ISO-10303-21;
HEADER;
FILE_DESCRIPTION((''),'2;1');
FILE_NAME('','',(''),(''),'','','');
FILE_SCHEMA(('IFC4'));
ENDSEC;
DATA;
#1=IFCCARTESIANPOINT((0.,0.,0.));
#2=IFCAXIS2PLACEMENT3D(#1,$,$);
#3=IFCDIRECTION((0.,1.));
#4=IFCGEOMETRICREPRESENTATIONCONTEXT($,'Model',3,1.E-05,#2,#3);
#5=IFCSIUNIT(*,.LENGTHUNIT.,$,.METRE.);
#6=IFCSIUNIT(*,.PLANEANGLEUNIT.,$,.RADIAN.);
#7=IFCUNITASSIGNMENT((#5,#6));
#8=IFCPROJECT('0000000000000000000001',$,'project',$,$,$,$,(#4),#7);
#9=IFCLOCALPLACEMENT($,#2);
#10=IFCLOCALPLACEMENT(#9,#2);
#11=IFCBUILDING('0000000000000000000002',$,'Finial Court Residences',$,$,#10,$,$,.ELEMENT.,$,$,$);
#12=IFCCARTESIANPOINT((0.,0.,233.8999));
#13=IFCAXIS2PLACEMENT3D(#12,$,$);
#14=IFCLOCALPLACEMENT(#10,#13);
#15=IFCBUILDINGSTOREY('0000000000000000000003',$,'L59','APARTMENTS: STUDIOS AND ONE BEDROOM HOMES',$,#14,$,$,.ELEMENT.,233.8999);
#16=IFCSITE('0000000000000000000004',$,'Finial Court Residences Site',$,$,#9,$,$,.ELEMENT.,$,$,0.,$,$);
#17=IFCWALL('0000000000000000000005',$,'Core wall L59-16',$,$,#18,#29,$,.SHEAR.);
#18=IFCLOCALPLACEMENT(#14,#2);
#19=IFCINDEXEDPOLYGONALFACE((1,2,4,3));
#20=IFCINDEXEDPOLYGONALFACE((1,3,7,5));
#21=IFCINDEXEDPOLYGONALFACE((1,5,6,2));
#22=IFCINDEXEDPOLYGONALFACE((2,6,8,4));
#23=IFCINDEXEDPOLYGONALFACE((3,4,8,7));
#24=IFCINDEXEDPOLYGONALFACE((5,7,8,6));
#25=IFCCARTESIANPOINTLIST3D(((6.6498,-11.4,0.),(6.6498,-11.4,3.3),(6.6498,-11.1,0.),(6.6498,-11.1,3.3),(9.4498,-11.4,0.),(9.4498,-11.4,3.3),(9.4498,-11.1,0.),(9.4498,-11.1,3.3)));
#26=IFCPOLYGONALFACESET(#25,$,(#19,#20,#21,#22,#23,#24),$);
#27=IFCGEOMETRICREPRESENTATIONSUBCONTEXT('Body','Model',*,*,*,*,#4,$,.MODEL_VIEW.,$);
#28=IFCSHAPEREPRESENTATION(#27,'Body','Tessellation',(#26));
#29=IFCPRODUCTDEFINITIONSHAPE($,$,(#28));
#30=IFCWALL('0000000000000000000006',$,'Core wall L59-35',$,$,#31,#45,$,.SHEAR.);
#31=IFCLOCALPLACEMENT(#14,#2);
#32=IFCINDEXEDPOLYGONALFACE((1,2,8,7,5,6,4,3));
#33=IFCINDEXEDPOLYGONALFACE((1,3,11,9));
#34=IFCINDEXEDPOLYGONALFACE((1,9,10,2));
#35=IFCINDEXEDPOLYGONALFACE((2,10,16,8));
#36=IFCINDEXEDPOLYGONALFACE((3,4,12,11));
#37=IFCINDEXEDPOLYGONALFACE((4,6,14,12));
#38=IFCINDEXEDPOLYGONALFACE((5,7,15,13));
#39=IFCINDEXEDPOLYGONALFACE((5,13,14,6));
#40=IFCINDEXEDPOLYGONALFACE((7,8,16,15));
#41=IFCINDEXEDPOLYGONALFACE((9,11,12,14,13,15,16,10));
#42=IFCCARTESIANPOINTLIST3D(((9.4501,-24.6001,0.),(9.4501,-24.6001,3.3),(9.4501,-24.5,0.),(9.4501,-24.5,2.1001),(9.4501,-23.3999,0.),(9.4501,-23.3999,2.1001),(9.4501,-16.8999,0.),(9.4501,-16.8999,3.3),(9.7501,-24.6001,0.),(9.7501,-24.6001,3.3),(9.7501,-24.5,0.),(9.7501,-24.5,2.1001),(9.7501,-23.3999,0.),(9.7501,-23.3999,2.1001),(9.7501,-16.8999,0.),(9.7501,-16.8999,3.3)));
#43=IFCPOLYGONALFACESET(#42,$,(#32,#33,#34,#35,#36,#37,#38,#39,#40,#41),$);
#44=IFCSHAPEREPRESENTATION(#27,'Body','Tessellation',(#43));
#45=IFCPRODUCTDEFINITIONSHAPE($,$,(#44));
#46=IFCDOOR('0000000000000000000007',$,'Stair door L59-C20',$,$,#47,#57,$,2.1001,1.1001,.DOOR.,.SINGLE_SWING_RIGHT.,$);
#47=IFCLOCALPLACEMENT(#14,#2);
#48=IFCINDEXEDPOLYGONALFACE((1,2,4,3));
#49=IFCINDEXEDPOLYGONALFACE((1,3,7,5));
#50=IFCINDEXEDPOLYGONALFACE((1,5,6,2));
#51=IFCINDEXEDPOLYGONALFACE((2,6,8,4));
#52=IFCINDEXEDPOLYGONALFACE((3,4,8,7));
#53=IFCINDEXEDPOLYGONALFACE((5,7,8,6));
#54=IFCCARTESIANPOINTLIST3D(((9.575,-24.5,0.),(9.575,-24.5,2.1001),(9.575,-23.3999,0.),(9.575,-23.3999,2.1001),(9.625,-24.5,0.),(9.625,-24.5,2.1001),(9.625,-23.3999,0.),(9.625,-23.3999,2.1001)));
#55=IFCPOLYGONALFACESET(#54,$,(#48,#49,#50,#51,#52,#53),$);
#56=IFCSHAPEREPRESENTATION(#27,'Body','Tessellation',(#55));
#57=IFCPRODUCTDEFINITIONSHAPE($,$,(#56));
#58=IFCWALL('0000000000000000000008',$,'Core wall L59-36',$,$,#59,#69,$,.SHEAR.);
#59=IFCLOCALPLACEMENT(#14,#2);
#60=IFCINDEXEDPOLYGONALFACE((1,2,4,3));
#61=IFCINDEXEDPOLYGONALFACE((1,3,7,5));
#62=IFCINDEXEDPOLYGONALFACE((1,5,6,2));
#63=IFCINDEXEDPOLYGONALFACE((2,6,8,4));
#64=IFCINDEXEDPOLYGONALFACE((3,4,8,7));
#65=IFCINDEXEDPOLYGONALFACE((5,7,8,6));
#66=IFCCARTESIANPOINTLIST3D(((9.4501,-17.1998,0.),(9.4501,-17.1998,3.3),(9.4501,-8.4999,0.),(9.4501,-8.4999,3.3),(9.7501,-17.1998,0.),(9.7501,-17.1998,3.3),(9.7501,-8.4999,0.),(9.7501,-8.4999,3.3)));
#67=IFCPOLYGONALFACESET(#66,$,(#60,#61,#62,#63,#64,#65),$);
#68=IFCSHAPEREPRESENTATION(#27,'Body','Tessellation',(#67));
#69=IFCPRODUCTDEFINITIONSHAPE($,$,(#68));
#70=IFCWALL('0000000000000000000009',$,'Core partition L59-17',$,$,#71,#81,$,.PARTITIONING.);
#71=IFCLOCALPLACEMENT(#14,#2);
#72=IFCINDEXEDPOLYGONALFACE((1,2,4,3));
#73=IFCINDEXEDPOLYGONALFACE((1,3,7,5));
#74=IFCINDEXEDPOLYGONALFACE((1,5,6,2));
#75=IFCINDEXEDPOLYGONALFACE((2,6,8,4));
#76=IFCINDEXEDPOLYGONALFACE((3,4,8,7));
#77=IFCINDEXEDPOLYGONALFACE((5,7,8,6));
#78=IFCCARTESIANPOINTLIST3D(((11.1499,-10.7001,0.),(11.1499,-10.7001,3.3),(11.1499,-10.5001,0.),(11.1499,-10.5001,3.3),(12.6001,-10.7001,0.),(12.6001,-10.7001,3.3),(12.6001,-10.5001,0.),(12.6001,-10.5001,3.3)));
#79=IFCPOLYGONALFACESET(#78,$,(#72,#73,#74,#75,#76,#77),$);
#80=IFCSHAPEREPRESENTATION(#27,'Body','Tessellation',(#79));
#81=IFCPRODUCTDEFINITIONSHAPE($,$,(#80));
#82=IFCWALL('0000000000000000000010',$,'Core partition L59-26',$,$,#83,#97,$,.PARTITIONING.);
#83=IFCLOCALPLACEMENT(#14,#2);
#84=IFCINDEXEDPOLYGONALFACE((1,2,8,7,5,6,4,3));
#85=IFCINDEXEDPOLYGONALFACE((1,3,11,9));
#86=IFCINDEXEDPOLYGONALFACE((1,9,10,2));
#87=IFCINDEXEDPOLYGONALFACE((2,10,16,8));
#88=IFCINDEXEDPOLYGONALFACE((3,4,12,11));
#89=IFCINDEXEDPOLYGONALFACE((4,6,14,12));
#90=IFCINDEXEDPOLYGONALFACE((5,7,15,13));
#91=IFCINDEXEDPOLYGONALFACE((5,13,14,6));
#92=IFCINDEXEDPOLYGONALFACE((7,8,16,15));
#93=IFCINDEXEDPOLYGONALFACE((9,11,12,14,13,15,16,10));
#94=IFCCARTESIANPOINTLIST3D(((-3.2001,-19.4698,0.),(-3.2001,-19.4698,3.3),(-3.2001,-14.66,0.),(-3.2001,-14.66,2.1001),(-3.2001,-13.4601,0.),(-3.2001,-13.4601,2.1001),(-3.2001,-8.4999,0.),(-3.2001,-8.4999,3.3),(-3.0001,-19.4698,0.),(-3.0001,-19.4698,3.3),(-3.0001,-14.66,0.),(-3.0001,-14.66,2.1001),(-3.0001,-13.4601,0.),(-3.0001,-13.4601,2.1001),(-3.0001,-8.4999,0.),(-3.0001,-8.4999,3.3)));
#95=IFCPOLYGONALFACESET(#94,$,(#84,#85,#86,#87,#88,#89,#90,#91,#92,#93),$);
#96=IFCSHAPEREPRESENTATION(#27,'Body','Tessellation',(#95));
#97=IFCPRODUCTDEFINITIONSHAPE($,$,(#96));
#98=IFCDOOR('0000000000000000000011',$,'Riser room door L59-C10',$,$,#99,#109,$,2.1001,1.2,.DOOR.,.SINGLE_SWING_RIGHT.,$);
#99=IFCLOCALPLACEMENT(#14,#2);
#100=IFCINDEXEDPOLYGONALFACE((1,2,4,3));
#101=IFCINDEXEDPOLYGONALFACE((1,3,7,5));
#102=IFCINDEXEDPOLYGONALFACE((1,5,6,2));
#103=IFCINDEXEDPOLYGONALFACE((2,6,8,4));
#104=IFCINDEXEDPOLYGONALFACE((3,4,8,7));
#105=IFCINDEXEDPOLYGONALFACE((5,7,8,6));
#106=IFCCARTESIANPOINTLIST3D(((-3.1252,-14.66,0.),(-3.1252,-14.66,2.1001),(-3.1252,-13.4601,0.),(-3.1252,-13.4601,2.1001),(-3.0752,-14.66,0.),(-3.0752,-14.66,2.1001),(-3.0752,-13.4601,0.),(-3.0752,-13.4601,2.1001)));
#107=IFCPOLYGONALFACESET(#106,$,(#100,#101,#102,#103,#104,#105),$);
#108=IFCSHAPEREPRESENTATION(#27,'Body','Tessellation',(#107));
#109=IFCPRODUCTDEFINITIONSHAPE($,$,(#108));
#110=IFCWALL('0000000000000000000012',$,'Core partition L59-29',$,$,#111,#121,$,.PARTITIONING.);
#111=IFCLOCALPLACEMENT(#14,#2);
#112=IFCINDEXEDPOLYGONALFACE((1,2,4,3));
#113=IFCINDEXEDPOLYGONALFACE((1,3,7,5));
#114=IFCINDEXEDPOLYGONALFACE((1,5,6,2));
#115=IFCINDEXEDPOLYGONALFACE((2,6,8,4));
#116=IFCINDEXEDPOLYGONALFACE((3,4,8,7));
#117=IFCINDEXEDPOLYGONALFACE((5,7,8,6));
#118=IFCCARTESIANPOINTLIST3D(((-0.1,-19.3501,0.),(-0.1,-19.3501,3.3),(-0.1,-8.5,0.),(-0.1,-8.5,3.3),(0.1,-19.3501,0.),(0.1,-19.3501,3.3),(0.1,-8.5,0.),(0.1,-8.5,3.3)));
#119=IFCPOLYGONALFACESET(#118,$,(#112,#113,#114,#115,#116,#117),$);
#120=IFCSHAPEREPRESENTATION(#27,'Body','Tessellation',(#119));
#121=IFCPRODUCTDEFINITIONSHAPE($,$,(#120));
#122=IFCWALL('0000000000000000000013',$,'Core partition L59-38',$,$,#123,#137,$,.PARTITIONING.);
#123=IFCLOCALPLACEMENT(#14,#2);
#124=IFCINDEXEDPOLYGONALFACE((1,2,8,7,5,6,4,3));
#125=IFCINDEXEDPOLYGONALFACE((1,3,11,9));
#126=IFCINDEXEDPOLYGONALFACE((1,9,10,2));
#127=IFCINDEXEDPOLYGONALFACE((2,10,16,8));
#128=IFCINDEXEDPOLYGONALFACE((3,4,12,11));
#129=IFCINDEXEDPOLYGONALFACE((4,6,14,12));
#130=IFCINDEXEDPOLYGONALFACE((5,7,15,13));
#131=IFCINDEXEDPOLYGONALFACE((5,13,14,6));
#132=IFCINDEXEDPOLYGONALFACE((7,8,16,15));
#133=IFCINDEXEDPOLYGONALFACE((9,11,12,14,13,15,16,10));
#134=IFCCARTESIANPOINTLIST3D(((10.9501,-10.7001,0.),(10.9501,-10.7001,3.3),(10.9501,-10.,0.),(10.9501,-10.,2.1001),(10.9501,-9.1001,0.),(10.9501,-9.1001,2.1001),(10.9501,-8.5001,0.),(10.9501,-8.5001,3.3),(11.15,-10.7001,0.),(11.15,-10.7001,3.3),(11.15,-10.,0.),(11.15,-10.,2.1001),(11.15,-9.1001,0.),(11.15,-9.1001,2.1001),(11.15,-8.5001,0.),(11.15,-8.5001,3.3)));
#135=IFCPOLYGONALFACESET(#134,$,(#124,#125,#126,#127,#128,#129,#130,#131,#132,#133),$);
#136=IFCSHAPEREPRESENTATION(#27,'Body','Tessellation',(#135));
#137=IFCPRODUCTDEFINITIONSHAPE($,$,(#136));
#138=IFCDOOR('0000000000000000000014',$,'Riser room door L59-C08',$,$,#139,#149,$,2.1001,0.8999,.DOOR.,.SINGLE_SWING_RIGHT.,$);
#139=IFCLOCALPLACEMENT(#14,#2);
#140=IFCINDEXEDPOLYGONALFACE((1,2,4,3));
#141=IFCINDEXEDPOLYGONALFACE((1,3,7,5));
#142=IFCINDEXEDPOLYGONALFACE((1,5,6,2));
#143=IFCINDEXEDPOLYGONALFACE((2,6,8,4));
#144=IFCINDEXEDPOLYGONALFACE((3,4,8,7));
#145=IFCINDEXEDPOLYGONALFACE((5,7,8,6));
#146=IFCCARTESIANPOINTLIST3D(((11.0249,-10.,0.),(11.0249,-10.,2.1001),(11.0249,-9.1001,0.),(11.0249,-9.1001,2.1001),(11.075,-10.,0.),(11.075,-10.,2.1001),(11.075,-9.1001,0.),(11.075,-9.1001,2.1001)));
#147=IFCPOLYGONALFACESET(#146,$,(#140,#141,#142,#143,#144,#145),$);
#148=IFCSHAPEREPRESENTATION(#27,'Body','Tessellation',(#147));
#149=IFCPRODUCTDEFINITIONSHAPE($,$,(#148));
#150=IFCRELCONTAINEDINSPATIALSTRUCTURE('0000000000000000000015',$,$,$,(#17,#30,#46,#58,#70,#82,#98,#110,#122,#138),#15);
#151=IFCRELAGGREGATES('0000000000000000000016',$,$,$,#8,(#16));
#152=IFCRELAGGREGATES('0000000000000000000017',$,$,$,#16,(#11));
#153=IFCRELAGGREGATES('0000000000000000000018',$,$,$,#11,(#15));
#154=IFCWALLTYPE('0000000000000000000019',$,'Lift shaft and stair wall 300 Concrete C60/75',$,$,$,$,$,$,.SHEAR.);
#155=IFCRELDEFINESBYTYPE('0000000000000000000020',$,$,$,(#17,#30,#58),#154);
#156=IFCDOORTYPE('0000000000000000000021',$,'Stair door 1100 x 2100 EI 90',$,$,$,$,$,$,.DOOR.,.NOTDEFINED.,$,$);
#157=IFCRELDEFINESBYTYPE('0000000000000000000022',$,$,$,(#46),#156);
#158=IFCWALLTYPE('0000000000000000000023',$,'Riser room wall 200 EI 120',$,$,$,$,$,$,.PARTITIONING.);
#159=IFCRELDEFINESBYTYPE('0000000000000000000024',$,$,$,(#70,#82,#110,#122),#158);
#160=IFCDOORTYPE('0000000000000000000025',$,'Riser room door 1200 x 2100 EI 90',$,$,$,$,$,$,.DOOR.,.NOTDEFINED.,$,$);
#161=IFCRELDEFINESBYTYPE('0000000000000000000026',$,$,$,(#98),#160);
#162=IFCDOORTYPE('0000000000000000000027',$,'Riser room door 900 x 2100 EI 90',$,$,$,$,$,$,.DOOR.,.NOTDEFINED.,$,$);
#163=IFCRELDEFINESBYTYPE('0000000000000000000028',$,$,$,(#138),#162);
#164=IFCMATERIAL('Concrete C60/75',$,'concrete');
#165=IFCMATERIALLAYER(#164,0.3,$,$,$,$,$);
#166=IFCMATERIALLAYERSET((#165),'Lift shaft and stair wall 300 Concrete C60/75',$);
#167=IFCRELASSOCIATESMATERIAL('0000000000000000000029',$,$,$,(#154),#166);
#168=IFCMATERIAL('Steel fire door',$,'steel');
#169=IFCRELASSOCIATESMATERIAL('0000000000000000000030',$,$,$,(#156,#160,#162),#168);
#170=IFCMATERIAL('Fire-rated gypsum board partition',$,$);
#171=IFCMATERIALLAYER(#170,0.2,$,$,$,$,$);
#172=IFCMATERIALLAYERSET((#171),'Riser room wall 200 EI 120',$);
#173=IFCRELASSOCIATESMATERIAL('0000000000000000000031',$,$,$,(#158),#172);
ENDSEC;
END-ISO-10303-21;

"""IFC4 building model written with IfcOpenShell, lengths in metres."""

from ifc_helpers import new_model, si_unit, direction, frame, frame_2d, origin, place, context, subcontext, project, spatial, rectangle, extrude, material, layer, layer_set, type_object, element, fill, save


model = new_model("IFC4")

# Units and contexts
model_context = context("Model", 3, precision=1e-05, world=origin(), true_north=direction((0.0, 1.0)))
body_context = subcontext(model_context, "Body", "Model", "MODEL_VIEW")
ifc_project = project(units=[si_unit("LENGTHUNIT", "METRE"), si_unit("PLANEANGLEUNIT", "RADIAN")], contexts=[model_context])

# Site, building, storey
site_placement = place(None, origin())
site = spatial("IfcSite", under=ifc_project, at=site_placement, Name="Finial Court Residences Site", CompositionType="ELEMENT", RefElevation=0.0)
building_placement = place(site_placement, origin())
building = spatial("IfcBuilding", under=site, at=building_placement, Name="Finial Court Residences", CompositionType="ELEMENT")
storey_placement = place(building_placement, frame((0.0, 0.0, 233.8999)))
storey = spatial("IfcBuildingStorey", under=building, at=storey_placement, Name="L59", Description="APARTMENTS: STUDIOS AND ONE BEDROOM HOMES", CompositionType="ELEMENT", Elevation=233.8999)

# Shared definitions
ifc_material_1 = material(Name="Fire-rated gypsum board partition")

# Shared definitions
ifc_material_2 = material(Name="Steel fire door", Category="steel")

# Wall
ifc_material_3 = material(Name="Concrete C60/75", Category="concrete")
ifc_layer_1 = layer(ifc_material_3, 0.3)
ifc_layer_set_1 = layer_set([ifc_layer_1], Name="Lift shaft and stair wall 300 Concrete C60/75")
wall_type_1 = type_object("IfcWallType", Name="Lift shaft and stair wall 300 Concrete C60/75", PredefinedType="SHEAR", material=ifc_layer_set_1)
for number, where, z_axis, x_axis, name in (
    (1, (6.6499, -11.25, 0.0), (0.0, 0.0, 1.0), (1.0, 0.0, 0.0), "Core wall L59-16"),
):
    element("IfcWall", number, at=place(storey_placement, frame(where, z_axis=z_axis, x_axis=x_axis)), inside=storey, type_object=wall_type_1, Name=name, PredefinedType="SHEAR", context=body_context, shape_type="SweptSolid", body=[
        extrude(rectangle(XDim=2.8, YDim=0.3, at=frame_2d((1.3999, 0.0))), origin(), (0.0, 0.0, 1.0), 3.3),
    ])

# Wall, opening, door
wall_1_placement = place(storey_placement, frame((9.6001, -16.8999, 0.0), z_axis=(0.0, 0.0, 1.0), x_axis=(0.0, -1.0, 0.0)))
wall_1 = element("IfcWall", 2, at=wall_1_placement, inside=storey, type_object=wall_type_1, Name="Core wall L59-35", PredefinedType="SHEAR", context=body_context, shape_type="SweptSolid", body=[
    extrude(rectangle(XDim=7.7002, YDim=0.3, at=frame_2d((3.8501, 0.0))), origin(), (0.0, 0.0, 1.0), 3.3),
])
opening_1_placement = place(wall_1_placement, frame((6.5, 0.0, 0.0)))
opening_1 = element("IfcOpeningElement", 3, at=opening_1_placement, cuts=wall_1, PredefinedType="OPENING", context=body_context, shape_type="SweptSolid", body=[
    extrude(rectangle(XDim=1.1001, YDim=2.1001, at=frame_2d((0.55, 1.05))), frame((0.0, 0.1599, 0.0), z_axis=(0.0, -1.0, 0.0), x_axis=(1.0, 0.0, 0.0)), (0.0, 0.0, 1.0), 0.3201),
])
door_type_1 = type_object("IfcDoorType", Name="Stair door 1100 x 2100 EI 90", OperationType="NOTDEFINED", PredefinedType="DOOR", material=ifc_material_2)
door_1_placement = place(opening_1_placement, origin())
door_1 = element("IfcDoor", 4, at=door_1_placement, inside=storey, type_object=door_type_1, Name="Stair door L59-C20", OperationType="SINGLE_SWING_RIGHT", OverallHeight=2.1001, OverallWidth=1.1001, PredefinedType="DOOR", context=body_context, shape_type="SweptSolid", body=[
    extrude(rectangle(XDim=1.1001, YDim=2.1001, at=frame_2d((0.55, 1.05))), frame((0.0, 0.0249, 0.0), z_axis=(0.0, -1.0, 0.0), x_axis=(1.0, 0.0, 0.0)), (0.0, 0.0, 1.0), 0.05),
])
fill(opening_1, door_1)

# Walls
wall_2_placement = place(storey_placement, frame((9.6001, -17.2, 0.0), z_axis=(0.0, 0.0, 1.0), x_axis=(0.0, 1.0, 0.0)))
element("IfcWall", 5, at=wall_2_placement, inside=storey, type_object=wall_type_1, Name="Core wall L59-36", PredefinedType="SHEAR", context=body_context, shape_type="SweptSolid", body=[
    extrude(rectangle(XDim=8.7, YDim=0.3, at=frame_2d((4.3501, 0.0))), origin(), (0.0, 0.0, 1.0), 3.3),
])
ifc_layer_2 = layer(ifc_material_1, 0.2)
ifc_layer_set_2 = layer_set([ifc_layer_2], Name="Riser room wall 200 EI 120")
wall_type_2 = type_object("IfcWallType", Name="Riser room wall 200 EI 120", PredefinedType="PARTITIONING", material=ifc_layer_set_2)
wall_3_placement = place(storey_placement, frame((11.1499, -10.6001, 0.0), z_axis=(0.0, 0.0, 1.0), x_axis=(1.0, 0.0, 0.0)))
element("IfcWall", 6, at=wall_3_placement, inside=storey, type_object=wall_type_2, Name="Core partition L59-17", PredefinedType="PARTITIONING", context=body_context, shape_type="SweptSolid", body=[
    extrude(rectangle(XDim=1.4502, YDim=0.2, at=frame_2d((0.7251, 0.0))), origin(), (0.0, 0.0, 1.0), 3.3),
])

# Wall, opening, door
wall_4_placement = place(storey_placement, frame((-3.1001, -8.5, 0.0), z_axis=(0.0, 0.0, 1.0), x_axis=(0.0, -1.0, 0.0)))
wall_4 = element("IfcWall", 7, at=wall_4_placement, inside=storey, type_object=wall_type_2, Name="Core partition L59-26", PredefinedType="PARTITIONING", context=body_context, shape_type="SweptSolid", body=[
    extrude(rectangle(XDim=10.97, YDim=0.2, at=frame_2d((5.4849, 0.0))), origin(), (0.0, 0.0, 1.0), 3.3),
])
opening_2_placement = place(wall_4_placement, frame((4.96, 0.0, 0.0)))
opening_2 = element("IfcOpeningElement", 8, at=opening_2_placement, cuts=wall_4, PredefinedType="OPENING", context=body_context, shape_type="SweptSolid", body=[
    extrude(rectangle(XDim=1.2, YDim=2.1001, at=frame_2d((0.6001, 1.05))), frame((0.0, 0.1099, 0.0), z_axis=(0.0, -1.0, 0.0), x_axis=(1.0, 0.0, 0.0)), (0.0, 0.0, 1.0), 0.22),
])
door_type_2 = type_object("IfcDoorType", Name="Riser room door 1200 x 2100 EI 90", OperationType="NOTDEFINED", PredefinedType="DOOR", material=ifc_material_2)
door_2_placement = place(opening_2_placement, origin())
door_2 = element("IfcDoor", 9, at=door_2_placement, inside=storey, type_object=door_type_2, Name="Riser room door L59-C10", OperationType="SINGLE_SWING_RIGHT", OverallHeight=2.1001, OverallWidth=1.2, PredefinedType="DOOR", context=body_context, shape_type="SweptSolid", body=[
    extrude(rectangle(XDim=1.2, YDim=2.1001, at=frame_2d((0.6001, 1.05))), frame((0.0, 0.0249, 0.0), z_axis=(0.0, -1.0, 0.0), x_axis=(1.0, 0.0, 0.0)), (0.0, 0.0, 1.0), 0.05),
])
fill(opening_2, door_2)

# Wall
wall_5_placement = place(storey_placement, frame((0.0, -19.3501, 0.0), z_axis=(0.0, 0.0, 1.0), x_axis=(0.0, 1.0, 0.0)))
element("IfcWall", 10, at=wall_5_placement, inside=storey, type_object=wall_type_2, Name="Core partition L59-29", PredefinedType="PARTITIONING", context=body_context, shape_type="SweptSolid", body=[
    extrude(rectangle(XDim=10.8501, YDim=0.2, at=frame_2d((5.425, 0.0))), origin(), (0.0, 0.0, 1.0), 3.3),
])

# Wall, opening, door
wall_6_placement = place(storey_placement, frame((11.05, -8.5, 0.0), z_axis=(0.0, 0.0, 1.0), x_axis=(0.0, -1.0, 0.0)))
wall_6 = element("IfcWall", 11, at=wall_6_placement, inside=storey, type_object=wall_type_2, Name="Core partition L59-38", PredefinedType="PARTITIONING", context=body_context, shape_type="SweptSolid", body=[
    extrude(rectangle(XDim=2.2, YDim=0.2, at=frame_2d((1.1001, 0.0))), origin(), (0.0, 0.0, 1.0), 3.3),
])
opening_3_placement = place(wall_6_placement, frame((0.6001, 0.0, 0.0)))
opening_3 = element("IfcOpeningElement", 12, at=opening_3_placement, cuts=wall_6, PredefinedType="OPENING", context=body_context, shape_type="SweptSolid", body=[
    extrude(rectangle(XDim=0.8999, YDim=2.1001, at=frame_2d((0.45, 1.05))), frame((0.0, 0.1099, 0.0), z_axis=(0.0, -1.0, 0.0), x_axis=(1.0, 0.0, 0.0)), (0.0, 0.0, 1.0), 0.22),
])
door_type_3 = type_object("IfcDoorType", Name="Riser room door 900 x 2100 EI 90", OperationType="NOTDEFINED", PredefinedType="DOOR", material=ifc_material_2)
door_3_placement = place(opening_3_placement, origin())
door_3 = element("IfcDoor", 13, at=door_3_placement, inside=storey, type_object=door_type_3, Name="Riser room door L59-C08", OperationType="SINGLE_SWING_RIGHT", OverallHeight=2.1001, OverallWidth=0.8999, PredefinedType="DOOR", context=body_context, shape_type="SweptSolid", body=[
    extrude(rectangle(XDim=0.8999, YDim=2.1001, at=frame_2d((0.45, 1.05))), frame((0.0, 0.0249, 0.0), z_axis=(0.0, -1.0, 0.0), x_axis=(1.0, 0.0, 0.0)), (0.0, 0.0, 1.0), 0.05),
])
fill(opening_3, door_3)

save(model, "model.ifc")
